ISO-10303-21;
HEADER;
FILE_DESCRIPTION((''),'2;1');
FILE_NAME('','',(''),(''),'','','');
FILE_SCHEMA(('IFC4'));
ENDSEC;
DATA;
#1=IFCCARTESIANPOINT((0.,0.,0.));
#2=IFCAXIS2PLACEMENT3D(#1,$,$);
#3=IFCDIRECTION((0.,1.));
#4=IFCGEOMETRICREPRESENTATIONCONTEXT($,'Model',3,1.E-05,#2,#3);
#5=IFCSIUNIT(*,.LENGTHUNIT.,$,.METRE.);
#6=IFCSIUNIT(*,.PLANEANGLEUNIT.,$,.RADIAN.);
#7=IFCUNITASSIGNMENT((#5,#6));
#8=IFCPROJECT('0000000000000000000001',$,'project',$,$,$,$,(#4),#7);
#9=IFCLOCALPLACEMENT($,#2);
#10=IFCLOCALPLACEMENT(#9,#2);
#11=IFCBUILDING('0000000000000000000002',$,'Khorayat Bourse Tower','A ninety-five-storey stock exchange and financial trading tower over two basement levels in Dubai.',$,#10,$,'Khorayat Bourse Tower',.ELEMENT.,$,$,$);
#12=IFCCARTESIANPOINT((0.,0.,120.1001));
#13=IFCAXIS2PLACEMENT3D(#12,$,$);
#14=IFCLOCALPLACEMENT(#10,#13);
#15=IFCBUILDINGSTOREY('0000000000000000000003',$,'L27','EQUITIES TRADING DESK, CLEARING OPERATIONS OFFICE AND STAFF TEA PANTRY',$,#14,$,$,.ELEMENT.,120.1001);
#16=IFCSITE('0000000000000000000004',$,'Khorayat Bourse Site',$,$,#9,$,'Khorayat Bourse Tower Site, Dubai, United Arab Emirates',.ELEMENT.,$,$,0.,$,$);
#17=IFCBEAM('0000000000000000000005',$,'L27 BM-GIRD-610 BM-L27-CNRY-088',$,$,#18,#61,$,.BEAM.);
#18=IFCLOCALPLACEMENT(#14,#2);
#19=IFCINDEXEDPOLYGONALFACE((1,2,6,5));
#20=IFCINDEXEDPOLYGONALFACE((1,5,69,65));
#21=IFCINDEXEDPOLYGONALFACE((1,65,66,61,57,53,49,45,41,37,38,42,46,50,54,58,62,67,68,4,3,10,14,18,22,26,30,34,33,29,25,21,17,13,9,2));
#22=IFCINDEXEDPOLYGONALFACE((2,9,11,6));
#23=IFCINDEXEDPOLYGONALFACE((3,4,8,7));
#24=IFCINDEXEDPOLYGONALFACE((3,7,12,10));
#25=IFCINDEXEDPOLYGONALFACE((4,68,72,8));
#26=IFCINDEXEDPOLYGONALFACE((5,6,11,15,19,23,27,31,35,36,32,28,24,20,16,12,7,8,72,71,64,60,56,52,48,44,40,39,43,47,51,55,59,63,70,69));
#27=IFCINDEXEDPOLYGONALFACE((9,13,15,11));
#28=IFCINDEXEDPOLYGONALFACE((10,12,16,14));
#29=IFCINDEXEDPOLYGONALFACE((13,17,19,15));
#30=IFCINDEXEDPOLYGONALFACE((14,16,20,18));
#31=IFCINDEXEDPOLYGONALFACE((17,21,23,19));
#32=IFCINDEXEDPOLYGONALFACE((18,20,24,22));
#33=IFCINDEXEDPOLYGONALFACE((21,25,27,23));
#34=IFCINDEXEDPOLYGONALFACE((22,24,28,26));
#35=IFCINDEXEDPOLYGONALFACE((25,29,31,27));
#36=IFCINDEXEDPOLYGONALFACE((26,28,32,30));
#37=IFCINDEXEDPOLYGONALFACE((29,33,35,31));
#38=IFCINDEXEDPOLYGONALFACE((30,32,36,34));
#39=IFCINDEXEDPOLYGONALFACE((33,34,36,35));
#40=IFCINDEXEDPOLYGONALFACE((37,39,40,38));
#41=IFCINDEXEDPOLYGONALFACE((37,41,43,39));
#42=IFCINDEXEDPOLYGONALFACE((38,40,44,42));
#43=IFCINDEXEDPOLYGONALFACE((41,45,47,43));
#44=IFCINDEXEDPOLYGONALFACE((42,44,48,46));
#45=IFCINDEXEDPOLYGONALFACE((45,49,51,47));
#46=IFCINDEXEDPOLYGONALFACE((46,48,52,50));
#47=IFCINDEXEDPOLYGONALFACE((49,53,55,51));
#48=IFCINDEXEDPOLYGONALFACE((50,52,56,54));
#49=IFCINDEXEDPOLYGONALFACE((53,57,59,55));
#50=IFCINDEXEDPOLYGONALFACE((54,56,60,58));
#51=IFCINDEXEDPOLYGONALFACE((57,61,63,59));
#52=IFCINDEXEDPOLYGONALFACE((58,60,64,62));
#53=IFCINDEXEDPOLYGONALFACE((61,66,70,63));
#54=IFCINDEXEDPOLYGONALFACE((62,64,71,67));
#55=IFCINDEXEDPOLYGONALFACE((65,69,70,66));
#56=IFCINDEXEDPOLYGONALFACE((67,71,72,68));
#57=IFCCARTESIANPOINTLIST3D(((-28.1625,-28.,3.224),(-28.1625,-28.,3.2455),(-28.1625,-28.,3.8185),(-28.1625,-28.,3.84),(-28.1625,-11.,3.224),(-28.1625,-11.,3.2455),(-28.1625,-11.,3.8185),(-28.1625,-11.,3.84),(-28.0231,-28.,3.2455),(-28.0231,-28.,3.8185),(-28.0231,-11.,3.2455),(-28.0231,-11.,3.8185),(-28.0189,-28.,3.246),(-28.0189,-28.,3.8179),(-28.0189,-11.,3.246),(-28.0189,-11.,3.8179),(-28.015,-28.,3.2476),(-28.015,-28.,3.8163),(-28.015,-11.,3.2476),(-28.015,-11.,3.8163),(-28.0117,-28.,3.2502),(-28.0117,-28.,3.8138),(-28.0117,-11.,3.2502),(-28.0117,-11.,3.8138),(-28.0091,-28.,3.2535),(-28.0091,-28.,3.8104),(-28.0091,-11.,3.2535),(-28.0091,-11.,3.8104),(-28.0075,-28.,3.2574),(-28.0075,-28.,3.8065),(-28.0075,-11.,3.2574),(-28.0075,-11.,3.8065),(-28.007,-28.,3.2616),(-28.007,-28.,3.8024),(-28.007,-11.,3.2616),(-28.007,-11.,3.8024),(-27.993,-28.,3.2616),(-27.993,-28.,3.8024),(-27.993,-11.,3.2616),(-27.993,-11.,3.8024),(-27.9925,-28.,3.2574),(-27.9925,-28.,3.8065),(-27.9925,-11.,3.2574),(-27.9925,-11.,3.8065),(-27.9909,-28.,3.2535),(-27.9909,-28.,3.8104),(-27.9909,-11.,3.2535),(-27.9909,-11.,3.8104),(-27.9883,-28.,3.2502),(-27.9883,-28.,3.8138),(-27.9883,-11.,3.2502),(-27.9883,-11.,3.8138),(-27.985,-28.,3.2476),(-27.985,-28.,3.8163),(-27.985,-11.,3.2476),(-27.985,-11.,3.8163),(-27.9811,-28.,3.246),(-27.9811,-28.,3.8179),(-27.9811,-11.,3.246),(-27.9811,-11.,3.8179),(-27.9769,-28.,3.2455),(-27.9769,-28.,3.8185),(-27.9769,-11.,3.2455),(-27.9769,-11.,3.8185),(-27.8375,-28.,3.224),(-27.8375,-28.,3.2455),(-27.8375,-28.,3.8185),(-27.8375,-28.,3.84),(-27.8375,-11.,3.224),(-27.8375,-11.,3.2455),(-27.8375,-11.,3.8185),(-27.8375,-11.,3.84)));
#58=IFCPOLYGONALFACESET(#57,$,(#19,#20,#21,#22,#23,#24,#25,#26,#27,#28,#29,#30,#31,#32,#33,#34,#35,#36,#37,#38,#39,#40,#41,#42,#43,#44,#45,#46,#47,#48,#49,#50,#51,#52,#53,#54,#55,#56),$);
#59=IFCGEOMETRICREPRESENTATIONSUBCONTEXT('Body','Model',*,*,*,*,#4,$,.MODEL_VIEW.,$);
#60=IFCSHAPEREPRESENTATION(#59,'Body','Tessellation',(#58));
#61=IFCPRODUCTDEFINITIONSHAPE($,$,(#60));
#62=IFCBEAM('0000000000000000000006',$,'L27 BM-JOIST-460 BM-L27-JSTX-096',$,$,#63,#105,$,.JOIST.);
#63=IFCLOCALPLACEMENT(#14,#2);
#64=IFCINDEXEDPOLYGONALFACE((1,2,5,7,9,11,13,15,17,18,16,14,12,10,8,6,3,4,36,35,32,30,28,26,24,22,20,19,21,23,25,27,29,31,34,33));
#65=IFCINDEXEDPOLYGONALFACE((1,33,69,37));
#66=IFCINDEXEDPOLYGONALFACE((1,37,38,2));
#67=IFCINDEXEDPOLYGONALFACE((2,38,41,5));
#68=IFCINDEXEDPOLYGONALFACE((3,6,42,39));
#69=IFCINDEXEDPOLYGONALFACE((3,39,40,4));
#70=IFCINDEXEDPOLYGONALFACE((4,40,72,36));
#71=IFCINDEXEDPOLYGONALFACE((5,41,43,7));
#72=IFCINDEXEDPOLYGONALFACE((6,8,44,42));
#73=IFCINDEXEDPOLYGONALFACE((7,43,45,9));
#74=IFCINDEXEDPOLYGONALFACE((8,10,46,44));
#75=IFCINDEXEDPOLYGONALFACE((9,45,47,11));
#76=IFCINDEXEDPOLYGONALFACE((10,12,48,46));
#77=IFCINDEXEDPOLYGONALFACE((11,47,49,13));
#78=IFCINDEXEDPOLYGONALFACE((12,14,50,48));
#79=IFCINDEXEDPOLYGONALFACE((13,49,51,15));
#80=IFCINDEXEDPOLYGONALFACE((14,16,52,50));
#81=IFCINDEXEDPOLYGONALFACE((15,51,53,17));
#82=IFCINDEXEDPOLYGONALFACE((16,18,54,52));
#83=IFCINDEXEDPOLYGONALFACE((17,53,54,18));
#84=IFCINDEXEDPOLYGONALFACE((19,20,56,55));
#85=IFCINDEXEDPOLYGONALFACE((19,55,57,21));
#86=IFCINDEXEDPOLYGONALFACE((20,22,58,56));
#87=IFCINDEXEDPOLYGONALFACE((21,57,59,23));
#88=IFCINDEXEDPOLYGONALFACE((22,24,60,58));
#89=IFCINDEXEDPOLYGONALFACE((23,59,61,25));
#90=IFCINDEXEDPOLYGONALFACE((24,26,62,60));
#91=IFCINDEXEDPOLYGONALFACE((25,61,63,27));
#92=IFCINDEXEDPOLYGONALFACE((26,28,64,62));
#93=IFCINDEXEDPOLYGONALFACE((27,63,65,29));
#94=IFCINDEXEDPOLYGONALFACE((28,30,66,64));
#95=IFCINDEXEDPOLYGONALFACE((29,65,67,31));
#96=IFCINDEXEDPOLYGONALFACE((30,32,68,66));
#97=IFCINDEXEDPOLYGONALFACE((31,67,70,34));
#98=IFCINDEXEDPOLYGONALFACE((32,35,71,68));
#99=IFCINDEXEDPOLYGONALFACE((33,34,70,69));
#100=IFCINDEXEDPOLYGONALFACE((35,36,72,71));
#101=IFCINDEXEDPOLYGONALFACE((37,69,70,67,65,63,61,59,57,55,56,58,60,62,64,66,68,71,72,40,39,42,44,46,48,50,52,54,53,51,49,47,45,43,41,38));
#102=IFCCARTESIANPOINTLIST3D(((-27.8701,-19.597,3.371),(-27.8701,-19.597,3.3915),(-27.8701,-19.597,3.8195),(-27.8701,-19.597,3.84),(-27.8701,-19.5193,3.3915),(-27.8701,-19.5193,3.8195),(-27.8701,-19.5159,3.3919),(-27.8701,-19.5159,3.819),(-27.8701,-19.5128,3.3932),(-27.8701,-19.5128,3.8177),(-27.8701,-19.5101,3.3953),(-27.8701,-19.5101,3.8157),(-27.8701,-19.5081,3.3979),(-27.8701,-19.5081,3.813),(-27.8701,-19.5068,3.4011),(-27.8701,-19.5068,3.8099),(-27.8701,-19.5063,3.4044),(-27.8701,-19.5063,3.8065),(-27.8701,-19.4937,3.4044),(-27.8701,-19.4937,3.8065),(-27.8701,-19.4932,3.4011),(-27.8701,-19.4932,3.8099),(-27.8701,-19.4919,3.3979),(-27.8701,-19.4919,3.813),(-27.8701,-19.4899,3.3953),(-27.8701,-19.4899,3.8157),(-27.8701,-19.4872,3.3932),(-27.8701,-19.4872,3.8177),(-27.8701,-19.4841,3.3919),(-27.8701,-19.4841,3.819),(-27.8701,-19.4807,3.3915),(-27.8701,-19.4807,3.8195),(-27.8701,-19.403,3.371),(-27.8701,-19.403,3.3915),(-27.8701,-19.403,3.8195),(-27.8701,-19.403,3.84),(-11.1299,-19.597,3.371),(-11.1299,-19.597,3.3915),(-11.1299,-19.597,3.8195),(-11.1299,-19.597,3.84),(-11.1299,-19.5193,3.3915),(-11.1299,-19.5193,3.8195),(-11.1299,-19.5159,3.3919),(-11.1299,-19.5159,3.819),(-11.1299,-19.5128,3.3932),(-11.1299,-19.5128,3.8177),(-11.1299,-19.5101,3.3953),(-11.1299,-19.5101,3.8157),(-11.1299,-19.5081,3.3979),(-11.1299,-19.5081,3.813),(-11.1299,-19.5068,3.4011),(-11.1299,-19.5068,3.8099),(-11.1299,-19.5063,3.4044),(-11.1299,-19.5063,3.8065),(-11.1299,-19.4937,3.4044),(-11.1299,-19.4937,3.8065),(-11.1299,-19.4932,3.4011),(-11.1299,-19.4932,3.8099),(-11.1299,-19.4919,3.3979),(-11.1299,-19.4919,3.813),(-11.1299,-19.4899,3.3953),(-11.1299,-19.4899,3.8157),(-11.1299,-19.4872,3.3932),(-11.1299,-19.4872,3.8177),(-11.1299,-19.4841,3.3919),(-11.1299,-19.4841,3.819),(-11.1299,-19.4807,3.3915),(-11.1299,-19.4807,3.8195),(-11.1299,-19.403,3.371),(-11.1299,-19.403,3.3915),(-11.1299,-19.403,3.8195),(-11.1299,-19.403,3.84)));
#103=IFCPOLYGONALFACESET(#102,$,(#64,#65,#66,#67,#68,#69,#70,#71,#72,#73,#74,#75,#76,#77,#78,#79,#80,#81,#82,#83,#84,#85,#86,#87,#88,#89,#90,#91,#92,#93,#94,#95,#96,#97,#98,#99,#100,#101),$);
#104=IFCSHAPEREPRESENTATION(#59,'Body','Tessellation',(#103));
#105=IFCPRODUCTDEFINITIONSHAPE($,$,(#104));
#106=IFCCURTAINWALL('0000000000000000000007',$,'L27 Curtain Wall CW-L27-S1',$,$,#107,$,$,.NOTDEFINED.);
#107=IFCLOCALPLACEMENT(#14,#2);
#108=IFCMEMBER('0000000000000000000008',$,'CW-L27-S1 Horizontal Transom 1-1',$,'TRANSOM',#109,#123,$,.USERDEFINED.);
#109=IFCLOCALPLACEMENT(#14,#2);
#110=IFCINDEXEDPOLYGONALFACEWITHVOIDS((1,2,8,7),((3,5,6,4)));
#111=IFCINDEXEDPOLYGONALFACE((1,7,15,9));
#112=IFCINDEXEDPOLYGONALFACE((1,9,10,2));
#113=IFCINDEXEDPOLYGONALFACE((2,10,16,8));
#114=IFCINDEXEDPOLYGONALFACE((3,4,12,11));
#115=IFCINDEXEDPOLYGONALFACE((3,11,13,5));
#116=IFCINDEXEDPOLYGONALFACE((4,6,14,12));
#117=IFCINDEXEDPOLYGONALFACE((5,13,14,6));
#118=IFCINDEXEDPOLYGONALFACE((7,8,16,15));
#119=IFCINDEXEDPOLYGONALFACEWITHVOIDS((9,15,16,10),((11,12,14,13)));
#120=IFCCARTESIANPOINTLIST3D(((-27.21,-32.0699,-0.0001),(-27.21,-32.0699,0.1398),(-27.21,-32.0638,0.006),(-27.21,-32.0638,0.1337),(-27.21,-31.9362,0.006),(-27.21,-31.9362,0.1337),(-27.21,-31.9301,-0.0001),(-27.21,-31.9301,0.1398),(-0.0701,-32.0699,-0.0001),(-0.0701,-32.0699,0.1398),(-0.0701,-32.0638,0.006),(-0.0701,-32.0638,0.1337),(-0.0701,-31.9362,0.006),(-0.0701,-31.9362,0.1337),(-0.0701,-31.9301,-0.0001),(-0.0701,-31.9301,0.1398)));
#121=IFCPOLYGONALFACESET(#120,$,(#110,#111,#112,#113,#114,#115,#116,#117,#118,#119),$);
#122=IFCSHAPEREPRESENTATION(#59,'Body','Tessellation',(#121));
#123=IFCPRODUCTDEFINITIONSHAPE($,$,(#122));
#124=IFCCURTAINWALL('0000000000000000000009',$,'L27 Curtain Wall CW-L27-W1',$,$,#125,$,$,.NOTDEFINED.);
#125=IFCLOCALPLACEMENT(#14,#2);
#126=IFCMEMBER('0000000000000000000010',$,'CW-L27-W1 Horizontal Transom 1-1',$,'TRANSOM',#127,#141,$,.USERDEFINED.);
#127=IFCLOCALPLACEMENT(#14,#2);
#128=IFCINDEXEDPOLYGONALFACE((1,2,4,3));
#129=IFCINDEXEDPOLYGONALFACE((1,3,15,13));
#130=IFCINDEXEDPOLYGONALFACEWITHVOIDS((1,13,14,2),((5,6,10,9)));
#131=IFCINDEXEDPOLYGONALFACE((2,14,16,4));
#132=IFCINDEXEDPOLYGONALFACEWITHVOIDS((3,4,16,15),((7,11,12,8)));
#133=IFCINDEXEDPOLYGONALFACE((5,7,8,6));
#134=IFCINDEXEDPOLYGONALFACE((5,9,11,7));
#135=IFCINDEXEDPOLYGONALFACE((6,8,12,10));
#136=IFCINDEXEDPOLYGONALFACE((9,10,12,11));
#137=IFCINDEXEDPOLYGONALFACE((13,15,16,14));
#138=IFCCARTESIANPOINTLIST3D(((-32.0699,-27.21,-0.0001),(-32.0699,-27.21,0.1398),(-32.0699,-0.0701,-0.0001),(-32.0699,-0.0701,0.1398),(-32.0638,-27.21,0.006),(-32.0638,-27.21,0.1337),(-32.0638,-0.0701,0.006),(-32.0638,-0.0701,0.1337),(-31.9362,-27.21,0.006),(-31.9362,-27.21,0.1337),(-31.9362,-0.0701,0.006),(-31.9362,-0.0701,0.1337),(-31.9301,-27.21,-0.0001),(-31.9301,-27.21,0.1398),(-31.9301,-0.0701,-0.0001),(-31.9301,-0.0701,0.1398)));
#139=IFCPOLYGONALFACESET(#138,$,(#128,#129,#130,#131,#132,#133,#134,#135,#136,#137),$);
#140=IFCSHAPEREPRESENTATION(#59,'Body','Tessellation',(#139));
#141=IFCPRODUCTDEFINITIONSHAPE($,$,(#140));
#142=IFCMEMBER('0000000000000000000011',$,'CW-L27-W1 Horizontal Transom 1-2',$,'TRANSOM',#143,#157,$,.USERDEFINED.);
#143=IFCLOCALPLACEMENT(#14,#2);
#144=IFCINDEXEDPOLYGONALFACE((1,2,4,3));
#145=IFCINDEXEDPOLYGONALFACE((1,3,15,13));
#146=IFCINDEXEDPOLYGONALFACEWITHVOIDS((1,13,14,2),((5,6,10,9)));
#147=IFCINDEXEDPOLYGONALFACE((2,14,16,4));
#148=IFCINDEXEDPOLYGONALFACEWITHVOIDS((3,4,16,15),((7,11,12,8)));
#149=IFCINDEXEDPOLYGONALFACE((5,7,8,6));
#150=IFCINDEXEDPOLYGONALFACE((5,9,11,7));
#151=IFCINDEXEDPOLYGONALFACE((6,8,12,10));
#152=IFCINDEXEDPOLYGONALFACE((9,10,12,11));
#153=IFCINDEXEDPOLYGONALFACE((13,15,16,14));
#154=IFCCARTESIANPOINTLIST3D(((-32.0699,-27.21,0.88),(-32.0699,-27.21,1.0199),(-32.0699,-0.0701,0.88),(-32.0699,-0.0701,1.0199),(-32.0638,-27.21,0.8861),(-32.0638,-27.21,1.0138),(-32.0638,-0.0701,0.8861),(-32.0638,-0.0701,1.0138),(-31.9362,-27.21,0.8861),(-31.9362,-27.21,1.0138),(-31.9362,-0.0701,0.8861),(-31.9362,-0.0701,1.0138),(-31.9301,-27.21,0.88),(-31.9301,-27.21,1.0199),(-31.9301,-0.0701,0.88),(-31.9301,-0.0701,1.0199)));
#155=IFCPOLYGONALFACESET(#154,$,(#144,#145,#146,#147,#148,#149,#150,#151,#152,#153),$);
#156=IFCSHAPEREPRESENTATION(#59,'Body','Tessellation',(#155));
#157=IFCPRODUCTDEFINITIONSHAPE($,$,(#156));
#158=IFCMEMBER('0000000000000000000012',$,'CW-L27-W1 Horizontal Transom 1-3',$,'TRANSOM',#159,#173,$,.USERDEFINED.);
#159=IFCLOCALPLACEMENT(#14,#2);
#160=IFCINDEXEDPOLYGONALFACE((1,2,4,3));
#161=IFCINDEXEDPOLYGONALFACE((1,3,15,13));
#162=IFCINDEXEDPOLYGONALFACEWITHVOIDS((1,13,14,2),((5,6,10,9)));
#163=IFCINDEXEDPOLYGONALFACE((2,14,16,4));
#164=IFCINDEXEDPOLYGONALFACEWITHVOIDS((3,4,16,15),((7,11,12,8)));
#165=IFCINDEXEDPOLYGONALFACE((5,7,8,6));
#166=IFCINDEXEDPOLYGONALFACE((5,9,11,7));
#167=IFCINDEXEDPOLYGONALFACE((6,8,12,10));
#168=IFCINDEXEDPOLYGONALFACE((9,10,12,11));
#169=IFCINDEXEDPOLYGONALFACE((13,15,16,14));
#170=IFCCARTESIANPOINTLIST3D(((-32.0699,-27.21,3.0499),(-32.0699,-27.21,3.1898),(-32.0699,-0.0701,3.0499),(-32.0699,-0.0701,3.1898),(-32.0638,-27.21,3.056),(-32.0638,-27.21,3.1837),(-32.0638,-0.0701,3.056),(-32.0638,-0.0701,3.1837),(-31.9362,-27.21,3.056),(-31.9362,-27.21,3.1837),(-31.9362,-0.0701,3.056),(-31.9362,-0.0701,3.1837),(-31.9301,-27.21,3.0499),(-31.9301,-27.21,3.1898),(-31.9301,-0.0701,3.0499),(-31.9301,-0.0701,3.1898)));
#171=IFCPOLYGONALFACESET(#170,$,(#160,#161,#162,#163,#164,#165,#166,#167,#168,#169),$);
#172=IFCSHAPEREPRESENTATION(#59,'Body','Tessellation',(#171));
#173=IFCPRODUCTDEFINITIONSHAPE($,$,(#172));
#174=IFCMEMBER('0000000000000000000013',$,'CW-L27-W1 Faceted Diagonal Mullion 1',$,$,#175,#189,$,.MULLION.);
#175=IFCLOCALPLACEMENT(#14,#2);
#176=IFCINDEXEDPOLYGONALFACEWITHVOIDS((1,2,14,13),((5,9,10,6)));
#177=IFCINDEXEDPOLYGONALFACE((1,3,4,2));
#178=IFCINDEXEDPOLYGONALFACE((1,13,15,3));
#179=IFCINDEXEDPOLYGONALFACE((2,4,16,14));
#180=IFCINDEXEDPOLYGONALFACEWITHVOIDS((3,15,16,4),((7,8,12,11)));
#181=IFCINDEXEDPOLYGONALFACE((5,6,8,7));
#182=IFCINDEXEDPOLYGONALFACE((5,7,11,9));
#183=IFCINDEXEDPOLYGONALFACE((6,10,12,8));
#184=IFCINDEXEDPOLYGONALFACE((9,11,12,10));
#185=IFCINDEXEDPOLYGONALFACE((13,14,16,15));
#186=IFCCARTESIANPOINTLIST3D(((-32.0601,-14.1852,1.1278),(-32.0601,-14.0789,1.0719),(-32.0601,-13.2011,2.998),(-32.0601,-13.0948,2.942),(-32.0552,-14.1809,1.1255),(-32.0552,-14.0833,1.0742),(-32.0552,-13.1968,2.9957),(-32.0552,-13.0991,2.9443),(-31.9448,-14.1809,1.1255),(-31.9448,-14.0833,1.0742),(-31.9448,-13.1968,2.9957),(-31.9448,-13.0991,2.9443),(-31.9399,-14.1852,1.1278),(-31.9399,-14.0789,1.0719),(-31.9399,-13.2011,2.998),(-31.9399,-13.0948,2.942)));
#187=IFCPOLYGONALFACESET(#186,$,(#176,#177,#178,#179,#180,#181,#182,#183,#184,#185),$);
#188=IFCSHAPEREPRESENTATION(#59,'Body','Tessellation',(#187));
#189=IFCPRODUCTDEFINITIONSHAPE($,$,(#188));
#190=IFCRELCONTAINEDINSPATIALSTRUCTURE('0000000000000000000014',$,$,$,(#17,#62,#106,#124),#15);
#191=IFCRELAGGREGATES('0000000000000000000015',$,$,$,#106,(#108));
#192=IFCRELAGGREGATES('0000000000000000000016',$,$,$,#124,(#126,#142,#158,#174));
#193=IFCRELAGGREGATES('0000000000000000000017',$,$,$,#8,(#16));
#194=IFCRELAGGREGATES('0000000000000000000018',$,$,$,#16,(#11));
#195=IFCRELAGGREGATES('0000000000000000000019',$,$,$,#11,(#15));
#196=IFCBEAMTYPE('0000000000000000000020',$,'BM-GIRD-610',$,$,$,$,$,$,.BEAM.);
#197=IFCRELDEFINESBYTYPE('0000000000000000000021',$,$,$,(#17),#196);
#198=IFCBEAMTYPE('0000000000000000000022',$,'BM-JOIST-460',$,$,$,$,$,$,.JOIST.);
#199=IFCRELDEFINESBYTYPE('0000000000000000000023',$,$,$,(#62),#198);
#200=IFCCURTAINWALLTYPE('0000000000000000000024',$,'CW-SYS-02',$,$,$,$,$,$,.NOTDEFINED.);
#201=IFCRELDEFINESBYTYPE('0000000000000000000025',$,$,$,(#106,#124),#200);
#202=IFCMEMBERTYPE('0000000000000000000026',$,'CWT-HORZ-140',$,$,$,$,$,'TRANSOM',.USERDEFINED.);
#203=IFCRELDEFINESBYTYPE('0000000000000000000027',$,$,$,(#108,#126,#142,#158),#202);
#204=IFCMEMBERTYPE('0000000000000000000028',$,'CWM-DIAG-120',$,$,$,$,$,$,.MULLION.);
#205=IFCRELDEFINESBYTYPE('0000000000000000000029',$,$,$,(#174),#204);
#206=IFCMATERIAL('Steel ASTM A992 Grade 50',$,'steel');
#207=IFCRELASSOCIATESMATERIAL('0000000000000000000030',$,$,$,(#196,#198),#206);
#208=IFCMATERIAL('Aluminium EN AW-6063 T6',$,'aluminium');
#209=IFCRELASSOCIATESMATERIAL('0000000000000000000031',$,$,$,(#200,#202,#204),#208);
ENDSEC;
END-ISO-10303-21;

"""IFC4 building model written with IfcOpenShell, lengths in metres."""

from ifc_helpers import new_model, si_unit, direction, frame, origin, origin_2d, place, context, subcontext, project, spatial, hollow_rectangle, i_section, extrude, source, transform, mapped, material, material_profile, profile_set, type_object, element, aggregate, save


model = new_model("IFC4")

# Units and contexts
model_context = context("Model", 3, precision=1e-05, world=origin(), true_north=direction((0.0, 1.0)))
body_context = subcontext(model_context, "Body", "Model", "MODEL_VIEW")
ifc_project = project(units=[si_unit("LENGTHUNIT", "METRE"), si_unit("PLANEANGLEUNIT", "RADIAN")], contexts=[model_context])

# Site, building, storey
site_placement = place(None, origin())
site = spatial("IfcSite", under=ifc_project, at=site_placement, Name="Khorayat Bourse Site", LongName="Khorayat Bourse Tower Site, Dubai, United Arab Emirates", CompositionType="ELEMENT", RefElevation=0.0)
building_placement = place(site_placement, origin())
building = spatial("IfcBuilding", under=site, at=building_placement, Name="Khorayat Bourse Tower", Description="A ninety-five-storey stock exchange and financial trading tower over two basement levels in Dubai.", LongName="Khorayat Bourse Tower", CompositionType="ELEMENT")
storey_placement = place(building_placement, frame((0.0, 0.0, 120.1001)))
storey = spatial("IfcBuildingStorey", under=building, at=storey_placement, Name="L27", Description="EQUITIES TRADING DESK, CLEARING OPERATIONS OFFICE AND STAFF TEA PANTRY", CompositionType="ELEMENT", Elevation=120.1001)

# Beams
ifc_material_1 = material(Name="Steel ASTM A992 Grade 50", Category="steel")
ifc_material_profile_1 = material_profile(ifc_material_1, i_section(OverallWidth=0.325, OverallDepth=0.616, WebThickness=0.0139, FlangeThickness=0.0215, FilletRadius=0.0161, at=origin_2d()), Name="W610X174")
ifc_profile_set_1 = profile_set([ifc_material_profile_1], Name="Steel ASTM A992 Grade 50")
beam_type_1 = type_object("IfcBeamType", Name="BM-GIRD-610", PredefinedType="BEAM", material=ifc_profile_set_1)
shared_shape_1 = source(origin(), body_context, "Body", "SweptSolid", [
    extrude(i_section(OverallWidth=0.325, OverallDepth=0.616, WebThickness=0.0139, FlangeThickness=0.0215, FilletRadius=0.0161, at=origin_2d()), origin(), (0.0, 0.0, 1.0), 17.0),
])
beam_1_placement = place(storey_placement, frame((-28.0, -28.0, 3.532), z_axis=(0.0, 1.0, 0.0), x_axis=(-1.0, 0.0, 0.0)))
element("IfcBeam", 1, at=beam_1_placement, inside=storey, type_object=beam_type_1, Name="L27 BM-GIRD-610 BM-L27-CNRY-088", PredefinedType="BEAM", context=body_context, shape_type="MappedRepresentation", body=[
    mapped(shared_shape_1, transform((0.0, 0.0, 0.0), scale=1.0)),
])
ifc_material_profile_2 = material_profile(ifc_material_1, i_section(OverallWidth=0.1941, OverallDepth=0.469, WebThickness=0.0127, FlangeThickness=0.0205, FilletRadius=0.0129, at=origin_2d()), Name="W460X106")
ifc_profile_set_2 = profile_set([ifc_material_profile_2], Name="Steel ASTM A992 Grade 50")
beam_type_2 = type_object("IfcBeamType", Name="BM-JOIST-460", PredefinedType="JOIST", material=ifc_profile_set_2)
shared_shape_2 = source(origin(), body_context, "Body", "SweptSolid", [
    extrude(i_section(OverallWidth=0.1941, OverallDepth=0.469, WebThickness=0.0127, FlangeThickness=0.0205, FilletRadius=0.0129, at=origin_2d()), origin(), (0.0, 0.0, 1.0), 16.7402),
])
beam_2_placement = place(storey_placement, frame((-27.8701, -19.5, 3.6055), z_axis=(1.0, 0.0, 0.0), x_axis=(0.0, 1.0, 0.0)))
element("IfcBeam", 2, at=beam_2_placement, inside=storey, type_object=beam_type_2, Name="L27 BM-JOIST-460 BM-L27-JSTX-096", PredefinedType="JOIST", context=body_context, shape_type="MappedRepresentation", body=[
    mapped(shared_shape_2, transform((0.0, 0.0, 0.0), scale=1.0)),
])

# Curtain wall, member
ifc_material_2 = material(Name="Aluminium EN AW-6063 T6", Category="aluminium")
curtain_wall_type = type_object("IfcCurtainWallType", Name="CW-SYS-02", PredefinedType="NOTDEFINED", material=ifc_material_2)
curtain_wall_1_placement = place(storey_placement, origin())
curtain_wall_1 = element("IfcCurtainWall", 3, at=curtain_wall_1_placement, inside=storey, type_object=curtain_wall_type, Name="L27 Curtain Wall CW-L27-S1", PredefinedType="NOTDEFINED")
ifc_material_profile_3 = material_profile(ifc_material_2, hollow_rectangle(XDim=0.1399, YDim=0.1399, WallThickness=0.0061, at=origin_2d()), Name="ALU 140x140x6")
ifc_profile_set_3 = profile_set([ifc_material_profile_3], Name="Aluminium EN AW-6063 T6")
member_type_1 = type_object("IfcMemberType", Name="CWT-HORZ-140", ElementType="TRANSOM", PredefinedType="USERDEFINED", material=ifc_profile_set_3)
shared_shape_3 = source(origin(), body_context, "Body", "SweptSolid", [
    extrude(hollow_rectangle(XDim=0.1399, YDim=0.1399, WallThickness=0.0061, at=origin_2d()), origin(), (0.0, 0.0, 1.0), 27.1399),
])
member_1_placement = place(storey_placement, frame((-27.21, -32.0, 0.0698), z_axis=(1.0, 0.0, 0.0), x_axis=(0.0, 1.0, 0.0)))
member_1 = element("IfcMember", 4, at=member_1_placement, type_object=member_type_1, Name="CW-L27-S1 Horizontal Transom 1-1", ObjectType="TRANSOM", PredefinedType="USERDEFINED", context=body_context, shape_type="MappedRepresentation", body=[
    mapped(shared_shape_3, transform((0.0, 0.0, 0.0), scale=1.0)),
])

# Curtain wall, members
curtain_wall_2_placement = place(storey_placement, origin())
curtain_wall_2 = element("IfcCurtainWall", 5, at=curtain_wall_2_placement, inside=storey, type_object=curtain_wall_type, Name="L27 Curtain Wall CW-L27-W1", PredefinedType="NOTDEFINED")
member_2_placement = place(storey_placement, frame((-32.0, -27.21, 0.0698), z_axis=(0.0, 1.0, 0.0), x_axis=(-1.0, 0.0, 0.0)))
member_2 = element("IfcMember", 6, at=member_2_placement, type_object=member_type_1, Name="CW-L27-W1 Horizontal Transom 1-1", ObjectType="TRANSOM", PredefinedType="USERDEFINED", context=body_context, shape_type="MappedRepresentation", body=[
    mapped(shared_shape_3, transform((0.0, 0.0, 0.0), scale=1.0)),
])
member_3_placement = place(storey_placement, frame((-32.0, -27.21, 0.95), z_axis=(0.0, 1.0, 0.0), x_axis=(-1.0, 0.0, 0.0)))
member_3 = element("IfcMember", 7, at=member_3_placement, type_object=member_type_1, Name="CW-L27-W1 Horizontal Transom 1-2", ObjectType="TRANSOM", PredefinedType="USERDEFINED", context=body_context, shape_type="MappedRepresentation", body=[
    mapped(shared_shape_3, transform((0.0, 0.0, 0.0), scale=1.0)),
])
member_4_placement = place(storey_placement, frame((-32.0, -27.21, 3.1199), z_axis=(0.0, 1.0, 0.0), x_axis=(-1.0, 0.0, 0.0)))
member_4 = element("IfcMember", 8, at=member_4_placement, type_object=member_type_1, Name="CW-L27-W1 Horizontal Transom 1-3", ObjectType="TRANSOM", PredefinedType="USERDEFINED", context=body_context, shape_type="MappedRepresentation", body=[
    mapped(shared_shape_3, transform((0.0, 0.0, 0.0), scale=1.0)),
])
ifc_material_profile_4 = material_profile(ifc_material_2, hollow_rectangle(XDim=0.1201, YDim=0.1201, WallThickness=0.0049, at=origin_2d()), Name="ALU 120x120x5")
ifc_profile_set_4 = profile_set([ifc_material_profile_4], Name="Aluminium EN AW-6063 T6")
member_type_2 = type_object("IfcMemberType", Name="CWM-DIAG-120", PredefinedType="MULLION", material=ifc_profile_set_4)
shared_shape_4 = source(origin(), body_context, "Body", "SweptSolid", [
    extrude(hollow_rectangle(XDim=0.1201, YDim=0.1201, WallThickness=0.0049, at=origin_2d()), origin(), (0.0, 0.0, 1.0), 2.1133),
])
member_5_placement = place(storey_placement, frame((-32.0, -14.1321, 1.0999), z_axis=(0.0, 0.465694, 0.884946), x_axis=(-1.0, 0.0, 0.0)))
member_5 = element("IfcMember", 9, at=member_5_placement, type_object=member_type_2, Name="CW-L27-W1 Faceted Diagonal Mullion 1", PredefinedType="MULLION", context=body_context, shape_type="MappedRepresentation", body=[
    mapped(shared_shape_4, transform((0.0, 0.0, 0.0), scale=1.0)),
])

aggregate(curtain_wall_1, [member_1])

aggregate(curtain_wall_2, [member_2, member_3, member_4, member_5])

save(model, "model.ifc")
